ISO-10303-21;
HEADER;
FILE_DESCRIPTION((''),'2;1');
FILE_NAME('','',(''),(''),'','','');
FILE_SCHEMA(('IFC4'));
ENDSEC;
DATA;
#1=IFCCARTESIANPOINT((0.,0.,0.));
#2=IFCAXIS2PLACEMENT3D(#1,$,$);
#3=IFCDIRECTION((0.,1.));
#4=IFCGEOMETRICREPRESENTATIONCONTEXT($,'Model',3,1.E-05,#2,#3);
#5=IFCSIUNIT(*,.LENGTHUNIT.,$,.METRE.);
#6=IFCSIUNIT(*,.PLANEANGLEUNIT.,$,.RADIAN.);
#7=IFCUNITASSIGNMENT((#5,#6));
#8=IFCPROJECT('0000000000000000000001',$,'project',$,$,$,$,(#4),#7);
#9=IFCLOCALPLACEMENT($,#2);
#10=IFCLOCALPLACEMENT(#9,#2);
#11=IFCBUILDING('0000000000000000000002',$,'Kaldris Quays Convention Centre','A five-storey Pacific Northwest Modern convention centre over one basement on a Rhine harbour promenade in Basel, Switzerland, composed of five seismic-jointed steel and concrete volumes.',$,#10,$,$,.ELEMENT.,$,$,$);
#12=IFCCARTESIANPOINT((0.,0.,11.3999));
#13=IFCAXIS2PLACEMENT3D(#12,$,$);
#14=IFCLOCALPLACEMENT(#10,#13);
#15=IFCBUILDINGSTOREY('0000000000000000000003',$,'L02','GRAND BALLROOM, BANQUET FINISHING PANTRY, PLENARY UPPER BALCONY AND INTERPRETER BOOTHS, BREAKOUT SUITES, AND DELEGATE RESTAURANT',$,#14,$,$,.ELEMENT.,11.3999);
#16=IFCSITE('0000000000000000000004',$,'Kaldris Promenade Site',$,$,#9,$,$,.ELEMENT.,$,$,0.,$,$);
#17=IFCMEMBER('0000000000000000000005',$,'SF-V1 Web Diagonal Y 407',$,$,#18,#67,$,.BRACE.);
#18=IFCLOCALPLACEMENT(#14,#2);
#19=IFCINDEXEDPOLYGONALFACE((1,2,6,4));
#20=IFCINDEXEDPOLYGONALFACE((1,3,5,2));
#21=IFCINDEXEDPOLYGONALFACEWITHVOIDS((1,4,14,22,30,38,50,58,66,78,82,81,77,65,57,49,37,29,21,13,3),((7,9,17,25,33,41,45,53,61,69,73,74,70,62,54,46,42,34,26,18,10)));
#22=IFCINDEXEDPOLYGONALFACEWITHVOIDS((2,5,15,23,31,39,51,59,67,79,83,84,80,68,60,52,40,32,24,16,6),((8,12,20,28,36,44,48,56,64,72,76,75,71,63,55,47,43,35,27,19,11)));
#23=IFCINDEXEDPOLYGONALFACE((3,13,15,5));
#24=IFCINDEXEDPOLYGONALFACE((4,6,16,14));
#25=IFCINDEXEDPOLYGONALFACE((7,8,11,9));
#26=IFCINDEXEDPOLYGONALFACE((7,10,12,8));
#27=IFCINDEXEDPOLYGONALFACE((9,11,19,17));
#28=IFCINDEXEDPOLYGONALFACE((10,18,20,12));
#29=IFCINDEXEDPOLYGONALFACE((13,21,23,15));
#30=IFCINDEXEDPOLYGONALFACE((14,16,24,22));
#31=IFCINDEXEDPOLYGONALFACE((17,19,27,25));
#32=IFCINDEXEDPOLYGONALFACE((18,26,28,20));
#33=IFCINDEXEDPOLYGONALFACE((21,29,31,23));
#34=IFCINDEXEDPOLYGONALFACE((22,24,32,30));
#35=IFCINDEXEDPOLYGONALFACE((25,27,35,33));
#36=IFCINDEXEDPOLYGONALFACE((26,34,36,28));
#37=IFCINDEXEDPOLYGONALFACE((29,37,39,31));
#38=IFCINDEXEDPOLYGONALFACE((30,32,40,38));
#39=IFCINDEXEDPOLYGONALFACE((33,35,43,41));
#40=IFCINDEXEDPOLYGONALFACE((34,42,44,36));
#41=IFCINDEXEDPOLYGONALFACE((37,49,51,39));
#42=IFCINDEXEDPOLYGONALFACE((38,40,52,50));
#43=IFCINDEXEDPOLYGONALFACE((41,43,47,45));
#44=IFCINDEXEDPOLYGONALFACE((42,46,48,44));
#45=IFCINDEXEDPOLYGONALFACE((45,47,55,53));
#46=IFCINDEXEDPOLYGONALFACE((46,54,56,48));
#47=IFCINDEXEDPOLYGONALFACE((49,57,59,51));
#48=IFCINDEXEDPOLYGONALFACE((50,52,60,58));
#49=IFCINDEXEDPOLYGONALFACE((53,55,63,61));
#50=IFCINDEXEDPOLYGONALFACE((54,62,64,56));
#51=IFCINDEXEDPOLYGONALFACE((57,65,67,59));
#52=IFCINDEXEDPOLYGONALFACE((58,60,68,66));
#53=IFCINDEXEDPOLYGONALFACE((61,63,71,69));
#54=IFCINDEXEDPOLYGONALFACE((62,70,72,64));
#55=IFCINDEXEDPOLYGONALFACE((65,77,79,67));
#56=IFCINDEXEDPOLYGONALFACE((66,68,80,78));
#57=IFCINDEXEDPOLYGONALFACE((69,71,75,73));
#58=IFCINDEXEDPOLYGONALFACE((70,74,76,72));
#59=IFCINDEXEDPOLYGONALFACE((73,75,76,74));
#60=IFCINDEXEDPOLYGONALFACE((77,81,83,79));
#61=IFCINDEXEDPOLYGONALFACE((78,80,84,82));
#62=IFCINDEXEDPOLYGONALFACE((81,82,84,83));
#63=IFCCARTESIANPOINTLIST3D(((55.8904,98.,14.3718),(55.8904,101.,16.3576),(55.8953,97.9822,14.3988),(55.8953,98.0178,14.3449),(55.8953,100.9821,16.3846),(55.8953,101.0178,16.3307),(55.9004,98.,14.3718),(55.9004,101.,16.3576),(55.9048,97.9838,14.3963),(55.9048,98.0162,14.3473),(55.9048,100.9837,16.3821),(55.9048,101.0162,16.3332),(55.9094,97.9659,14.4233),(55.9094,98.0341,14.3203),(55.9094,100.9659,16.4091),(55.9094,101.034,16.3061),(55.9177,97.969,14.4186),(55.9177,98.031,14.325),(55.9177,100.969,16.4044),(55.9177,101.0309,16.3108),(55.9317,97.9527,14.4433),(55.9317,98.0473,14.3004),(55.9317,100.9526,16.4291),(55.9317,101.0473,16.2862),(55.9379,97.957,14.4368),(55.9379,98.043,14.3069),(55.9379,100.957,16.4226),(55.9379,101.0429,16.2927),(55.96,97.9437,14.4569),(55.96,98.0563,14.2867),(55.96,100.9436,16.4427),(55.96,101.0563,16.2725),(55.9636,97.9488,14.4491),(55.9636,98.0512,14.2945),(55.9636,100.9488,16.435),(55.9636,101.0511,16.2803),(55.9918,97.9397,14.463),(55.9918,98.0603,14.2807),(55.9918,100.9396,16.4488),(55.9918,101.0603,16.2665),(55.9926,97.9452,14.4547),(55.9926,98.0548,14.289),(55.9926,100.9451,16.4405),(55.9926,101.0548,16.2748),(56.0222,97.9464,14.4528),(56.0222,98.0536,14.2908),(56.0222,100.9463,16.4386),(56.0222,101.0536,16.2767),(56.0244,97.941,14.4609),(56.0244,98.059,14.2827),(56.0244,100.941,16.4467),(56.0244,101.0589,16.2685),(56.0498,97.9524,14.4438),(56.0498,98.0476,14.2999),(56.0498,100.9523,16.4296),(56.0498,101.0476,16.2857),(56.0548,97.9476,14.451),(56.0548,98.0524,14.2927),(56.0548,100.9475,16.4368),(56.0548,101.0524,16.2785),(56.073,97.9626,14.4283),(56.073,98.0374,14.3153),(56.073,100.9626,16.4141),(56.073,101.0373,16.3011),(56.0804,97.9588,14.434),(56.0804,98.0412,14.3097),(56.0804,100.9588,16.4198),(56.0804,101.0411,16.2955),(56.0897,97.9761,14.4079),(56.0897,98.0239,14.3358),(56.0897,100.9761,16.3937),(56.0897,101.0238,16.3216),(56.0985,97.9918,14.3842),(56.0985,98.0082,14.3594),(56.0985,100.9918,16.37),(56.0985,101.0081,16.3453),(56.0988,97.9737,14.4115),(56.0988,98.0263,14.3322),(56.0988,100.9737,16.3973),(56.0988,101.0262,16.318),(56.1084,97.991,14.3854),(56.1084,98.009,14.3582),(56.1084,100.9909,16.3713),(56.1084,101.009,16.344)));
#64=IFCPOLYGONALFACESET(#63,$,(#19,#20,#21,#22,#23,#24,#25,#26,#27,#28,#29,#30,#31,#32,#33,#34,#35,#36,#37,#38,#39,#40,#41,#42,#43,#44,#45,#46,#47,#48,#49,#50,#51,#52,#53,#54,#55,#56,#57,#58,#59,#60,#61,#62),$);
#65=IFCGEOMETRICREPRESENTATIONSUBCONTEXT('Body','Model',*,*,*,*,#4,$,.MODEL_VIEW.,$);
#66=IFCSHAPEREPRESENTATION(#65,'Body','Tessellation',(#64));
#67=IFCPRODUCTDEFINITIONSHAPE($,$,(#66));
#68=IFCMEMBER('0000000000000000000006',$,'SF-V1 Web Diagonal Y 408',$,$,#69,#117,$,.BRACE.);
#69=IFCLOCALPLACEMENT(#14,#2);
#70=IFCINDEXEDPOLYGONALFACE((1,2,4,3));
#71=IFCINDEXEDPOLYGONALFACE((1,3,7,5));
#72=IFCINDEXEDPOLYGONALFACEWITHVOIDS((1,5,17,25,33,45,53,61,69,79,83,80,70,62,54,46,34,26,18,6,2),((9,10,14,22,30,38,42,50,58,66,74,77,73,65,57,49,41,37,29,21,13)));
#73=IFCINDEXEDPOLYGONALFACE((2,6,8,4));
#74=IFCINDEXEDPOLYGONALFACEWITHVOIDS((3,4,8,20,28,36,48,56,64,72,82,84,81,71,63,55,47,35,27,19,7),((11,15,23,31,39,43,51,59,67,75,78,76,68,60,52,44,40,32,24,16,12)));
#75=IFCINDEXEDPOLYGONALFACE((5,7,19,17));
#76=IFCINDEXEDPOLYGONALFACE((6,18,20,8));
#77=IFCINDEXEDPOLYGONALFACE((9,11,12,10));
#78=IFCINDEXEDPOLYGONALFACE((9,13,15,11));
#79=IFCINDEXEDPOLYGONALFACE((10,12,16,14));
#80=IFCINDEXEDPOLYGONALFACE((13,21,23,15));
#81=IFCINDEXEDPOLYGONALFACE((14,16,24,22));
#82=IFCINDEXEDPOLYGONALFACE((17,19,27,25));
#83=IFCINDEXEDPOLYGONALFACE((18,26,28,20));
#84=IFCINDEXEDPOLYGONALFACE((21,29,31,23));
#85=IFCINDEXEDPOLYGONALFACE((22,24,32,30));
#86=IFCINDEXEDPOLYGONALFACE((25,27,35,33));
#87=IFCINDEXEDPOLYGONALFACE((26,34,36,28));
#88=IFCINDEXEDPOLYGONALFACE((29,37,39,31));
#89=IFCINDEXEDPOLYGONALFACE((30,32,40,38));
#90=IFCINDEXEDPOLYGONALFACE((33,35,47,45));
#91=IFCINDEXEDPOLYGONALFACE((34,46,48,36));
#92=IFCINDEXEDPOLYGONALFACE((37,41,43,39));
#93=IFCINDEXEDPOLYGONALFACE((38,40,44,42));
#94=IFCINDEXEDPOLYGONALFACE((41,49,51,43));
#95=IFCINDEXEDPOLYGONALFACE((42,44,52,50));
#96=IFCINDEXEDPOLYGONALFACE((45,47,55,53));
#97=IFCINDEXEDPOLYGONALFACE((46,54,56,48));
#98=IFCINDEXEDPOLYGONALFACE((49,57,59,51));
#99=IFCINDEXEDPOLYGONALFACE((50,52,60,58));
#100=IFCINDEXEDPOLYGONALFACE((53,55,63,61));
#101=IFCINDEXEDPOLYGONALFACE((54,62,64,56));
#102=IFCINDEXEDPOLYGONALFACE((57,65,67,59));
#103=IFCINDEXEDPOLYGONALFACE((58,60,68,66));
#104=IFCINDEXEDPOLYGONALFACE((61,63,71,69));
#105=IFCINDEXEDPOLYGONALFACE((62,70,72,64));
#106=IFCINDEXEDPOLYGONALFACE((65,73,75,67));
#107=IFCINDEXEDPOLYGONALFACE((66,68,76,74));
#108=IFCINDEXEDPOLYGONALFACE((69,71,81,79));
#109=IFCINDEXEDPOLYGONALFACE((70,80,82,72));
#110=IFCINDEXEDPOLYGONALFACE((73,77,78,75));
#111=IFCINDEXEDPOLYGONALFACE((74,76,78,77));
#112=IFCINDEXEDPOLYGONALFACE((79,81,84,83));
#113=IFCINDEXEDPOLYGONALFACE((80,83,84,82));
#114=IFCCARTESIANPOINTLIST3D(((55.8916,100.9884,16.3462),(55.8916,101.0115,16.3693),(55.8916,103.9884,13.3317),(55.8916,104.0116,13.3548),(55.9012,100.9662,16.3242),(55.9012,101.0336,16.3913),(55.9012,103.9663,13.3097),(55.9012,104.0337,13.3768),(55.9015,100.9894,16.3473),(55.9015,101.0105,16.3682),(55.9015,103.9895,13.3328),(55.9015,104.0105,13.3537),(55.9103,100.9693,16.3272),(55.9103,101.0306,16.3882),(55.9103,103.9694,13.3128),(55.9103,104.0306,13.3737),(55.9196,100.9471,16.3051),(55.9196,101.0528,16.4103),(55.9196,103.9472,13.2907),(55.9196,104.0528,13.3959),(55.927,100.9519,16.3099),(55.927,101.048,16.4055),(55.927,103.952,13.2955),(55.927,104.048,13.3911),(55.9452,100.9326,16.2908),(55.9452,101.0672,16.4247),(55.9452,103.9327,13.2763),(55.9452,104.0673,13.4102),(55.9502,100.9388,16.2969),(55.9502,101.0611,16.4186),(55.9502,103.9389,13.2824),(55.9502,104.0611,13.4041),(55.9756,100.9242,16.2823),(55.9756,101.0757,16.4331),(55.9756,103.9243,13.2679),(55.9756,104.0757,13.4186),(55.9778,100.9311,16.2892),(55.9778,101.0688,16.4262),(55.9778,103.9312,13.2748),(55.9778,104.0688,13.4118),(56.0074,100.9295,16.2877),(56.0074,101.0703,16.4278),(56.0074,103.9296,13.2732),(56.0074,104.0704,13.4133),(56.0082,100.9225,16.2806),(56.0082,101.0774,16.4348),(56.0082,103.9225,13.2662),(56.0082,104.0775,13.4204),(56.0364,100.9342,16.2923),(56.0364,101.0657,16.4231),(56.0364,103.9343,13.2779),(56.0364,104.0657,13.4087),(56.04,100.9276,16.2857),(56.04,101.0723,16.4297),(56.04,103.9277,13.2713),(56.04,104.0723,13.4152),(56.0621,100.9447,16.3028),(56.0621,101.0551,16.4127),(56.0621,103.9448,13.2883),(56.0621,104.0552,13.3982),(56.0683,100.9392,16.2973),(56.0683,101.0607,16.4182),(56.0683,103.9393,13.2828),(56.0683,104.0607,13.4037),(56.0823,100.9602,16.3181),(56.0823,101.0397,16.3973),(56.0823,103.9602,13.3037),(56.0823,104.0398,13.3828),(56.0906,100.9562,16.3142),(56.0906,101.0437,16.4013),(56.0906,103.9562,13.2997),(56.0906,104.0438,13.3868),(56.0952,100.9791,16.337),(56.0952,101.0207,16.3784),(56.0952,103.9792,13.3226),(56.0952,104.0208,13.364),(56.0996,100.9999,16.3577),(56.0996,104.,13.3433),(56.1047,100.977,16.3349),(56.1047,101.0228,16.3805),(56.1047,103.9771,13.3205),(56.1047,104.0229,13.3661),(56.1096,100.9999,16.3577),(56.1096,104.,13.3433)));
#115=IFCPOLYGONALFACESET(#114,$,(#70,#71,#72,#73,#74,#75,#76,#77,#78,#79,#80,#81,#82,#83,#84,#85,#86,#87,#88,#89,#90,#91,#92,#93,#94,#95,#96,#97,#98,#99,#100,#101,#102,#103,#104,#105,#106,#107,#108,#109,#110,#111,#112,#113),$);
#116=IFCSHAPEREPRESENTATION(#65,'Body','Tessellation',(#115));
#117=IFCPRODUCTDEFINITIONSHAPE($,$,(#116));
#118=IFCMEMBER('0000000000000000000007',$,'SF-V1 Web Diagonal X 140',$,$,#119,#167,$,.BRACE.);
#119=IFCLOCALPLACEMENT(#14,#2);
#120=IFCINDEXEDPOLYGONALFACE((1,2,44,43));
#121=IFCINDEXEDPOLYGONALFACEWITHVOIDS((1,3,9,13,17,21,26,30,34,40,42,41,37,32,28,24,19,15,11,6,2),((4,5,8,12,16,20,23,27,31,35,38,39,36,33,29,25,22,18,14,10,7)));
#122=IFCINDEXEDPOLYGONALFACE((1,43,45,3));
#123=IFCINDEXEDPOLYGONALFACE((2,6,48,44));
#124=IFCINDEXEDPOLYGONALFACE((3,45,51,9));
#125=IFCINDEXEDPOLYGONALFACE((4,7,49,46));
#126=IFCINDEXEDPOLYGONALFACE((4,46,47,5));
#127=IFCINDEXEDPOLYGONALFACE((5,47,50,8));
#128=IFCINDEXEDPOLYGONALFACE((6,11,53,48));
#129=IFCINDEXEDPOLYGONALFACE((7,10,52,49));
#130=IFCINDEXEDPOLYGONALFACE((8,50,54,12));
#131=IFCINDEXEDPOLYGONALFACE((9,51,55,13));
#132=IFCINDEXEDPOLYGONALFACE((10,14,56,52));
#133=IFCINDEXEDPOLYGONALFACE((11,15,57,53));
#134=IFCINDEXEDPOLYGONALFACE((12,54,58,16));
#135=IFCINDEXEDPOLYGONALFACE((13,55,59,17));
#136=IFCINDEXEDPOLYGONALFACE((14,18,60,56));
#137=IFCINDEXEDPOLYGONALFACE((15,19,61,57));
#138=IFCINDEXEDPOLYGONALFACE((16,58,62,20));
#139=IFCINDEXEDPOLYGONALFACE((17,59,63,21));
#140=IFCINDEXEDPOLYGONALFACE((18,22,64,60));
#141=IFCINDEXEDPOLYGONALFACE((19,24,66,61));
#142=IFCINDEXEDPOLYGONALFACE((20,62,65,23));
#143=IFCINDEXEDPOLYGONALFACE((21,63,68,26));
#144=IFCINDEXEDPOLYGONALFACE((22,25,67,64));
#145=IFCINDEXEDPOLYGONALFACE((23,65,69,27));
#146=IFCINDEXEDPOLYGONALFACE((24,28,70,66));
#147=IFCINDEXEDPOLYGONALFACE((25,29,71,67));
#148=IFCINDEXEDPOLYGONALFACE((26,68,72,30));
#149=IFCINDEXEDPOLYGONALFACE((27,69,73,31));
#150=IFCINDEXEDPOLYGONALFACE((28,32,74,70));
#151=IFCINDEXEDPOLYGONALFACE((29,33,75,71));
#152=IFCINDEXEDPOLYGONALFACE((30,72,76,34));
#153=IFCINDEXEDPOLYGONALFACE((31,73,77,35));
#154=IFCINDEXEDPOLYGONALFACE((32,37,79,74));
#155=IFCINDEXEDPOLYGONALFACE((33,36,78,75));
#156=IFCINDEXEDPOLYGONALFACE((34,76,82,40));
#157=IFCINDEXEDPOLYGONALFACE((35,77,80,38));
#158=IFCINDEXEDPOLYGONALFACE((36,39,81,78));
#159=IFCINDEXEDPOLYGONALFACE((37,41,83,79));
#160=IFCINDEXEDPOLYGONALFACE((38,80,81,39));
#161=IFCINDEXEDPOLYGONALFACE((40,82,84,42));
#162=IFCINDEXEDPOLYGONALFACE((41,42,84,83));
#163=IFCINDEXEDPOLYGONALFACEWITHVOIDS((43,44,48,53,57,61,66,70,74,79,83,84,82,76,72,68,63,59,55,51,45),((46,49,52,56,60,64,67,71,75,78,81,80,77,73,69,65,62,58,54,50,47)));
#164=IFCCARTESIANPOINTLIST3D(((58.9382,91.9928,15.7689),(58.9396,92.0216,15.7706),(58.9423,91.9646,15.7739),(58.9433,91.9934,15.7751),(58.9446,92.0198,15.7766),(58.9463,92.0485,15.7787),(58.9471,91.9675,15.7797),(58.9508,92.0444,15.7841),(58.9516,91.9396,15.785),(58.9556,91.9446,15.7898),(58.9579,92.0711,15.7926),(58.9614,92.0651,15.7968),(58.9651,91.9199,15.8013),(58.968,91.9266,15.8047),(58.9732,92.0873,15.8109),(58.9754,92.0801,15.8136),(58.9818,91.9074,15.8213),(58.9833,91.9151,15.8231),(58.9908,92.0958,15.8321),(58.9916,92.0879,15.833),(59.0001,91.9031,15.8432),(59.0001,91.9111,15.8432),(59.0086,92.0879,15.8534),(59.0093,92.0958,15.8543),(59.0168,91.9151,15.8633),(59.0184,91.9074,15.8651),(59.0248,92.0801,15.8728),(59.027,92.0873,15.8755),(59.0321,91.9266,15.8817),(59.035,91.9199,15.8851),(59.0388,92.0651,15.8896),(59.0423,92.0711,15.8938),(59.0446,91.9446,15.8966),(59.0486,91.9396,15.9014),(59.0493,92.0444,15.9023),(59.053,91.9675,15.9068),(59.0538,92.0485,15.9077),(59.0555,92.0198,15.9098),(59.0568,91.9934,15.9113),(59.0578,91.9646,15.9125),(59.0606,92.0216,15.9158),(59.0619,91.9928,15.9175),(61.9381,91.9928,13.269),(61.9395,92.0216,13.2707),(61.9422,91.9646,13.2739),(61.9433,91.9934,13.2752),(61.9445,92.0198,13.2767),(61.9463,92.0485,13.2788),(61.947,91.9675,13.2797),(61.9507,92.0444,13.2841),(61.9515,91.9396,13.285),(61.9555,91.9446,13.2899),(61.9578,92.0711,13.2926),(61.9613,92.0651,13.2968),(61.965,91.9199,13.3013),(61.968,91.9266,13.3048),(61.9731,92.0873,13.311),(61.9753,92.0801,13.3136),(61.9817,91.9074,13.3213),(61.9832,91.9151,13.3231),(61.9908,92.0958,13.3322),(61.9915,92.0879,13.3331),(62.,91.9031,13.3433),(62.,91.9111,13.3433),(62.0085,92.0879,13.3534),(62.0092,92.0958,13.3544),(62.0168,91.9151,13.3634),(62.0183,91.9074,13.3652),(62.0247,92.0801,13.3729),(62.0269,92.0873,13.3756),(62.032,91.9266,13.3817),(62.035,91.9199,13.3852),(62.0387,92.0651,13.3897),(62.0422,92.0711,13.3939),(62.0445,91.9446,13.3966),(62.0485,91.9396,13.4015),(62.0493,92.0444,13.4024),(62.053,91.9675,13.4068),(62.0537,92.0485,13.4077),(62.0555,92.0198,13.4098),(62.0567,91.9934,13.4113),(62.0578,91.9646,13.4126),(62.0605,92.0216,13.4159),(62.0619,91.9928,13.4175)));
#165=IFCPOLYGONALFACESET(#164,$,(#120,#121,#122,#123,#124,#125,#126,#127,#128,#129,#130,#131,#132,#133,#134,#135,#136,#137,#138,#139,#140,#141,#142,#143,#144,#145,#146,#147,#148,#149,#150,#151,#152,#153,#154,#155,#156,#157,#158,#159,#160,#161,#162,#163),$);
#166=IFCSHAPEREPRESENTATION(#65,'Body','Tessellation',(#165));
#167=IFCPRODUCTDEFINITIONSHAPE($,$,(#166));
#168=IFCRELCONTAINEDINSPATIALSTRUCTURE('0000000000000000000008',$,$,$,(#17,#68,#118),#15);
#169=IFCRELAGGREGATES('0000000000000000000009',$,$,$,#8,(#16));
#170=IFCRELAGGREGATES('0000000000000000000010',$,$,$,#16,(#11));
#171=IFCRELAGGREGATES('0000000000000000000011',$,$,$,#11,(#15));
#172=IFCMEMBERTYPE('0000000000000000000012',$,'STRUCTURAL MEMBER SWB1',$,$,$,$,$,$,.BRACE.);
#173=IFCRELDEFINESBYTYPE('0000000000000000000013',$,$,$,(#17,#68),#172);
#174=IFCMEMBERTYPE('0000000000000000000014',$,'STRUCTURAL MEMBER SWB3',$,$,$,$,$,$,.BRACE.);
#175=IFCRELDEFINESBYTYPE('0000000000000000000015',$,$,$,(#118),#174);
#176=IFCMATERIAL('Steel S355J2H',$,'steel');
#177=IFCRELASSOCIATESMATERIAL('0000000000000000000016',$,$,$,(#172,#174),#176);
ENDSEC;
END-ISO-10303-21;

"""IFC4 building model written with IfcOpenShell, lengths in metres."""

from ifc_helpers import new_model, si_unit, direction, frame, origin, origin_2d, place, context, subcontext, project, spatial, hollow_circle, extrude, material, material_profile, profile_set, type_object, element, save


model = new_model("IFC4")

# Units and contexts
model_context = context("Model", 3, precision=1e-05, world=origin(), true_north=direction((0.0, 1.0)))
body_context = subcontext(model_context, "Body", "Model", "MODEL_VIEW")
ifc_project = project(units=[si_unit("LENGTHUNIT", "METRE"), si_unit("PLANEANGLEUNIT", "RADIAN")], contexts=[model_context])

# Site, building, storey
site_placement = place(None, origin())
site = spatial("IfcSite", under=ifc_project, at=site_placement, Name="Kaldris Promenade Site", CompositionType="ELEMENT", RefElevation=0.0)
building_placement = place(site_placement, origin())
building = spatial("IfcBuilding", under=site, at=building_placement, Name="Kaldris Quays Convention Centre", Description="A five-storey Pacific Northwest Modern convention centre over one basement on a Rhine harbour promenade in Basel, Switzerland, composed of five seismic-jointed steel and concrete volumes.", CompositionType="ELEMENT")
storey_placement = place(building_placement, frame((0.0, 0.0, 11.3999)))
storey = spatial("IfcBuildingStorey", under=building, at=storey_placement, Name="L02", Description="GRAND BALLROOM, BANQUET FINISHING PANTRY, PLENARY UPPER BALCONY AND INTERPRETER BOOTHS, BREAKOUT SUITES, AND DELEGATE RESTAURANT", CompositionType="ELEMENT", Elevation=11.3999)

# Members
ifc_material_1 = material(Name="Steel S355J2H", Category="steel")
ifc_material_profile_1 = material_profile(ifc_material_1, hollow_circle(Radius=0.1096, WallThickness=0.01, at=origin_2d()), Name="CHS 219.1x10")
ifc_profile_set_1 = profile_set([ifc_material_profile_1], Name="Steel S355J2H")
member_type_1 = type_object("IfcMemberType", Name="STRUCTURAL MEMBER SWB1", PredefinedType="BRACE", material=ifc_profile_set_1)
for number, where, z_axis, x_axis, name in (
    (1, (56.0, 98.0, 14.3718), (0.0, 0.833862, 0.551972), (-1.0, 0.0, 0.0), "SF-V1 Web Diagonal Y 407"),
):
    element("IfcMember", number, at=place(storey_placement, frame(where, z_axis=z_axis, x_axis=x_axis)), inside=storey, type_object=member_type_1, Name=name, PredefinedType="BRACE", context=body_context, shape_type="SweptSolid", body=[
        extrude(hollow_circle(Radius=0.1096, WallThickness=0.01, at=origin_2d()), origin(), (0.0, 0.0, 1.0), 3.5977),
    ])
member_1_placement = place(storey_placement, frame((56.0, 104.0, 13.3433), z_axis=(0.0, -0.705411, 0.708798), x_axis=(1.0, 0.0, 0.0)))
element("IfcMember", 2, at=member_1_placement, inside=storey, type_object=member_type_1, Name="SF-V1 Web Diagonal Y 408", PredefinedType="BRACE", context=body_context, shape_type="SweptSolid", body=[
    extrude(hollow_circle(Radius=0.1096, WallThickness=0.01, at=origin_2d()), origin(), (0.0, 0.0, 1.0), 4.2529),
])
ifc_material_profile_2 = material_profile(ifc_material_1, hollow_circle(Radius=0.0969, WallThickness=0.0081, at=origin_2d()), Name="CHS 193.7x8")
ifc_profile_set_2 = profile_set([ifc_material_profile_2], Name="Steel S355J2H")
member_type_2 = type_object("IfcMemberType", Name="STRUCTURAL MEMBER SWB3", PredefinedType="BRACE", material=ifc_profile_set_2)
for number, where, z_axis, x_axis, name in (
    (3, (62.0, 92.0, 13.3433), (-0.768221, 0.0, 0.640184), (0.0, -1.0, 0.0), "SF-V1 Web Diagonal X 140"),
):
    element("IfcMember", number, at=place(storey_placement, frame(where, z_axis=z_axis, x_axis=x_axis)), inside=storey, type_object=member_type_2, Name=name, PredefinedType="BRACE", context=body_context, shape_type="SweptSolid", body=[
        extrude(hollow_circle(Radius=0.0969, WallThickness=0.0081, at=origin_2d()), origin(), (0.0, 0.0, 1.0), 3.905),
    ])

save(model, "model.ifc")
